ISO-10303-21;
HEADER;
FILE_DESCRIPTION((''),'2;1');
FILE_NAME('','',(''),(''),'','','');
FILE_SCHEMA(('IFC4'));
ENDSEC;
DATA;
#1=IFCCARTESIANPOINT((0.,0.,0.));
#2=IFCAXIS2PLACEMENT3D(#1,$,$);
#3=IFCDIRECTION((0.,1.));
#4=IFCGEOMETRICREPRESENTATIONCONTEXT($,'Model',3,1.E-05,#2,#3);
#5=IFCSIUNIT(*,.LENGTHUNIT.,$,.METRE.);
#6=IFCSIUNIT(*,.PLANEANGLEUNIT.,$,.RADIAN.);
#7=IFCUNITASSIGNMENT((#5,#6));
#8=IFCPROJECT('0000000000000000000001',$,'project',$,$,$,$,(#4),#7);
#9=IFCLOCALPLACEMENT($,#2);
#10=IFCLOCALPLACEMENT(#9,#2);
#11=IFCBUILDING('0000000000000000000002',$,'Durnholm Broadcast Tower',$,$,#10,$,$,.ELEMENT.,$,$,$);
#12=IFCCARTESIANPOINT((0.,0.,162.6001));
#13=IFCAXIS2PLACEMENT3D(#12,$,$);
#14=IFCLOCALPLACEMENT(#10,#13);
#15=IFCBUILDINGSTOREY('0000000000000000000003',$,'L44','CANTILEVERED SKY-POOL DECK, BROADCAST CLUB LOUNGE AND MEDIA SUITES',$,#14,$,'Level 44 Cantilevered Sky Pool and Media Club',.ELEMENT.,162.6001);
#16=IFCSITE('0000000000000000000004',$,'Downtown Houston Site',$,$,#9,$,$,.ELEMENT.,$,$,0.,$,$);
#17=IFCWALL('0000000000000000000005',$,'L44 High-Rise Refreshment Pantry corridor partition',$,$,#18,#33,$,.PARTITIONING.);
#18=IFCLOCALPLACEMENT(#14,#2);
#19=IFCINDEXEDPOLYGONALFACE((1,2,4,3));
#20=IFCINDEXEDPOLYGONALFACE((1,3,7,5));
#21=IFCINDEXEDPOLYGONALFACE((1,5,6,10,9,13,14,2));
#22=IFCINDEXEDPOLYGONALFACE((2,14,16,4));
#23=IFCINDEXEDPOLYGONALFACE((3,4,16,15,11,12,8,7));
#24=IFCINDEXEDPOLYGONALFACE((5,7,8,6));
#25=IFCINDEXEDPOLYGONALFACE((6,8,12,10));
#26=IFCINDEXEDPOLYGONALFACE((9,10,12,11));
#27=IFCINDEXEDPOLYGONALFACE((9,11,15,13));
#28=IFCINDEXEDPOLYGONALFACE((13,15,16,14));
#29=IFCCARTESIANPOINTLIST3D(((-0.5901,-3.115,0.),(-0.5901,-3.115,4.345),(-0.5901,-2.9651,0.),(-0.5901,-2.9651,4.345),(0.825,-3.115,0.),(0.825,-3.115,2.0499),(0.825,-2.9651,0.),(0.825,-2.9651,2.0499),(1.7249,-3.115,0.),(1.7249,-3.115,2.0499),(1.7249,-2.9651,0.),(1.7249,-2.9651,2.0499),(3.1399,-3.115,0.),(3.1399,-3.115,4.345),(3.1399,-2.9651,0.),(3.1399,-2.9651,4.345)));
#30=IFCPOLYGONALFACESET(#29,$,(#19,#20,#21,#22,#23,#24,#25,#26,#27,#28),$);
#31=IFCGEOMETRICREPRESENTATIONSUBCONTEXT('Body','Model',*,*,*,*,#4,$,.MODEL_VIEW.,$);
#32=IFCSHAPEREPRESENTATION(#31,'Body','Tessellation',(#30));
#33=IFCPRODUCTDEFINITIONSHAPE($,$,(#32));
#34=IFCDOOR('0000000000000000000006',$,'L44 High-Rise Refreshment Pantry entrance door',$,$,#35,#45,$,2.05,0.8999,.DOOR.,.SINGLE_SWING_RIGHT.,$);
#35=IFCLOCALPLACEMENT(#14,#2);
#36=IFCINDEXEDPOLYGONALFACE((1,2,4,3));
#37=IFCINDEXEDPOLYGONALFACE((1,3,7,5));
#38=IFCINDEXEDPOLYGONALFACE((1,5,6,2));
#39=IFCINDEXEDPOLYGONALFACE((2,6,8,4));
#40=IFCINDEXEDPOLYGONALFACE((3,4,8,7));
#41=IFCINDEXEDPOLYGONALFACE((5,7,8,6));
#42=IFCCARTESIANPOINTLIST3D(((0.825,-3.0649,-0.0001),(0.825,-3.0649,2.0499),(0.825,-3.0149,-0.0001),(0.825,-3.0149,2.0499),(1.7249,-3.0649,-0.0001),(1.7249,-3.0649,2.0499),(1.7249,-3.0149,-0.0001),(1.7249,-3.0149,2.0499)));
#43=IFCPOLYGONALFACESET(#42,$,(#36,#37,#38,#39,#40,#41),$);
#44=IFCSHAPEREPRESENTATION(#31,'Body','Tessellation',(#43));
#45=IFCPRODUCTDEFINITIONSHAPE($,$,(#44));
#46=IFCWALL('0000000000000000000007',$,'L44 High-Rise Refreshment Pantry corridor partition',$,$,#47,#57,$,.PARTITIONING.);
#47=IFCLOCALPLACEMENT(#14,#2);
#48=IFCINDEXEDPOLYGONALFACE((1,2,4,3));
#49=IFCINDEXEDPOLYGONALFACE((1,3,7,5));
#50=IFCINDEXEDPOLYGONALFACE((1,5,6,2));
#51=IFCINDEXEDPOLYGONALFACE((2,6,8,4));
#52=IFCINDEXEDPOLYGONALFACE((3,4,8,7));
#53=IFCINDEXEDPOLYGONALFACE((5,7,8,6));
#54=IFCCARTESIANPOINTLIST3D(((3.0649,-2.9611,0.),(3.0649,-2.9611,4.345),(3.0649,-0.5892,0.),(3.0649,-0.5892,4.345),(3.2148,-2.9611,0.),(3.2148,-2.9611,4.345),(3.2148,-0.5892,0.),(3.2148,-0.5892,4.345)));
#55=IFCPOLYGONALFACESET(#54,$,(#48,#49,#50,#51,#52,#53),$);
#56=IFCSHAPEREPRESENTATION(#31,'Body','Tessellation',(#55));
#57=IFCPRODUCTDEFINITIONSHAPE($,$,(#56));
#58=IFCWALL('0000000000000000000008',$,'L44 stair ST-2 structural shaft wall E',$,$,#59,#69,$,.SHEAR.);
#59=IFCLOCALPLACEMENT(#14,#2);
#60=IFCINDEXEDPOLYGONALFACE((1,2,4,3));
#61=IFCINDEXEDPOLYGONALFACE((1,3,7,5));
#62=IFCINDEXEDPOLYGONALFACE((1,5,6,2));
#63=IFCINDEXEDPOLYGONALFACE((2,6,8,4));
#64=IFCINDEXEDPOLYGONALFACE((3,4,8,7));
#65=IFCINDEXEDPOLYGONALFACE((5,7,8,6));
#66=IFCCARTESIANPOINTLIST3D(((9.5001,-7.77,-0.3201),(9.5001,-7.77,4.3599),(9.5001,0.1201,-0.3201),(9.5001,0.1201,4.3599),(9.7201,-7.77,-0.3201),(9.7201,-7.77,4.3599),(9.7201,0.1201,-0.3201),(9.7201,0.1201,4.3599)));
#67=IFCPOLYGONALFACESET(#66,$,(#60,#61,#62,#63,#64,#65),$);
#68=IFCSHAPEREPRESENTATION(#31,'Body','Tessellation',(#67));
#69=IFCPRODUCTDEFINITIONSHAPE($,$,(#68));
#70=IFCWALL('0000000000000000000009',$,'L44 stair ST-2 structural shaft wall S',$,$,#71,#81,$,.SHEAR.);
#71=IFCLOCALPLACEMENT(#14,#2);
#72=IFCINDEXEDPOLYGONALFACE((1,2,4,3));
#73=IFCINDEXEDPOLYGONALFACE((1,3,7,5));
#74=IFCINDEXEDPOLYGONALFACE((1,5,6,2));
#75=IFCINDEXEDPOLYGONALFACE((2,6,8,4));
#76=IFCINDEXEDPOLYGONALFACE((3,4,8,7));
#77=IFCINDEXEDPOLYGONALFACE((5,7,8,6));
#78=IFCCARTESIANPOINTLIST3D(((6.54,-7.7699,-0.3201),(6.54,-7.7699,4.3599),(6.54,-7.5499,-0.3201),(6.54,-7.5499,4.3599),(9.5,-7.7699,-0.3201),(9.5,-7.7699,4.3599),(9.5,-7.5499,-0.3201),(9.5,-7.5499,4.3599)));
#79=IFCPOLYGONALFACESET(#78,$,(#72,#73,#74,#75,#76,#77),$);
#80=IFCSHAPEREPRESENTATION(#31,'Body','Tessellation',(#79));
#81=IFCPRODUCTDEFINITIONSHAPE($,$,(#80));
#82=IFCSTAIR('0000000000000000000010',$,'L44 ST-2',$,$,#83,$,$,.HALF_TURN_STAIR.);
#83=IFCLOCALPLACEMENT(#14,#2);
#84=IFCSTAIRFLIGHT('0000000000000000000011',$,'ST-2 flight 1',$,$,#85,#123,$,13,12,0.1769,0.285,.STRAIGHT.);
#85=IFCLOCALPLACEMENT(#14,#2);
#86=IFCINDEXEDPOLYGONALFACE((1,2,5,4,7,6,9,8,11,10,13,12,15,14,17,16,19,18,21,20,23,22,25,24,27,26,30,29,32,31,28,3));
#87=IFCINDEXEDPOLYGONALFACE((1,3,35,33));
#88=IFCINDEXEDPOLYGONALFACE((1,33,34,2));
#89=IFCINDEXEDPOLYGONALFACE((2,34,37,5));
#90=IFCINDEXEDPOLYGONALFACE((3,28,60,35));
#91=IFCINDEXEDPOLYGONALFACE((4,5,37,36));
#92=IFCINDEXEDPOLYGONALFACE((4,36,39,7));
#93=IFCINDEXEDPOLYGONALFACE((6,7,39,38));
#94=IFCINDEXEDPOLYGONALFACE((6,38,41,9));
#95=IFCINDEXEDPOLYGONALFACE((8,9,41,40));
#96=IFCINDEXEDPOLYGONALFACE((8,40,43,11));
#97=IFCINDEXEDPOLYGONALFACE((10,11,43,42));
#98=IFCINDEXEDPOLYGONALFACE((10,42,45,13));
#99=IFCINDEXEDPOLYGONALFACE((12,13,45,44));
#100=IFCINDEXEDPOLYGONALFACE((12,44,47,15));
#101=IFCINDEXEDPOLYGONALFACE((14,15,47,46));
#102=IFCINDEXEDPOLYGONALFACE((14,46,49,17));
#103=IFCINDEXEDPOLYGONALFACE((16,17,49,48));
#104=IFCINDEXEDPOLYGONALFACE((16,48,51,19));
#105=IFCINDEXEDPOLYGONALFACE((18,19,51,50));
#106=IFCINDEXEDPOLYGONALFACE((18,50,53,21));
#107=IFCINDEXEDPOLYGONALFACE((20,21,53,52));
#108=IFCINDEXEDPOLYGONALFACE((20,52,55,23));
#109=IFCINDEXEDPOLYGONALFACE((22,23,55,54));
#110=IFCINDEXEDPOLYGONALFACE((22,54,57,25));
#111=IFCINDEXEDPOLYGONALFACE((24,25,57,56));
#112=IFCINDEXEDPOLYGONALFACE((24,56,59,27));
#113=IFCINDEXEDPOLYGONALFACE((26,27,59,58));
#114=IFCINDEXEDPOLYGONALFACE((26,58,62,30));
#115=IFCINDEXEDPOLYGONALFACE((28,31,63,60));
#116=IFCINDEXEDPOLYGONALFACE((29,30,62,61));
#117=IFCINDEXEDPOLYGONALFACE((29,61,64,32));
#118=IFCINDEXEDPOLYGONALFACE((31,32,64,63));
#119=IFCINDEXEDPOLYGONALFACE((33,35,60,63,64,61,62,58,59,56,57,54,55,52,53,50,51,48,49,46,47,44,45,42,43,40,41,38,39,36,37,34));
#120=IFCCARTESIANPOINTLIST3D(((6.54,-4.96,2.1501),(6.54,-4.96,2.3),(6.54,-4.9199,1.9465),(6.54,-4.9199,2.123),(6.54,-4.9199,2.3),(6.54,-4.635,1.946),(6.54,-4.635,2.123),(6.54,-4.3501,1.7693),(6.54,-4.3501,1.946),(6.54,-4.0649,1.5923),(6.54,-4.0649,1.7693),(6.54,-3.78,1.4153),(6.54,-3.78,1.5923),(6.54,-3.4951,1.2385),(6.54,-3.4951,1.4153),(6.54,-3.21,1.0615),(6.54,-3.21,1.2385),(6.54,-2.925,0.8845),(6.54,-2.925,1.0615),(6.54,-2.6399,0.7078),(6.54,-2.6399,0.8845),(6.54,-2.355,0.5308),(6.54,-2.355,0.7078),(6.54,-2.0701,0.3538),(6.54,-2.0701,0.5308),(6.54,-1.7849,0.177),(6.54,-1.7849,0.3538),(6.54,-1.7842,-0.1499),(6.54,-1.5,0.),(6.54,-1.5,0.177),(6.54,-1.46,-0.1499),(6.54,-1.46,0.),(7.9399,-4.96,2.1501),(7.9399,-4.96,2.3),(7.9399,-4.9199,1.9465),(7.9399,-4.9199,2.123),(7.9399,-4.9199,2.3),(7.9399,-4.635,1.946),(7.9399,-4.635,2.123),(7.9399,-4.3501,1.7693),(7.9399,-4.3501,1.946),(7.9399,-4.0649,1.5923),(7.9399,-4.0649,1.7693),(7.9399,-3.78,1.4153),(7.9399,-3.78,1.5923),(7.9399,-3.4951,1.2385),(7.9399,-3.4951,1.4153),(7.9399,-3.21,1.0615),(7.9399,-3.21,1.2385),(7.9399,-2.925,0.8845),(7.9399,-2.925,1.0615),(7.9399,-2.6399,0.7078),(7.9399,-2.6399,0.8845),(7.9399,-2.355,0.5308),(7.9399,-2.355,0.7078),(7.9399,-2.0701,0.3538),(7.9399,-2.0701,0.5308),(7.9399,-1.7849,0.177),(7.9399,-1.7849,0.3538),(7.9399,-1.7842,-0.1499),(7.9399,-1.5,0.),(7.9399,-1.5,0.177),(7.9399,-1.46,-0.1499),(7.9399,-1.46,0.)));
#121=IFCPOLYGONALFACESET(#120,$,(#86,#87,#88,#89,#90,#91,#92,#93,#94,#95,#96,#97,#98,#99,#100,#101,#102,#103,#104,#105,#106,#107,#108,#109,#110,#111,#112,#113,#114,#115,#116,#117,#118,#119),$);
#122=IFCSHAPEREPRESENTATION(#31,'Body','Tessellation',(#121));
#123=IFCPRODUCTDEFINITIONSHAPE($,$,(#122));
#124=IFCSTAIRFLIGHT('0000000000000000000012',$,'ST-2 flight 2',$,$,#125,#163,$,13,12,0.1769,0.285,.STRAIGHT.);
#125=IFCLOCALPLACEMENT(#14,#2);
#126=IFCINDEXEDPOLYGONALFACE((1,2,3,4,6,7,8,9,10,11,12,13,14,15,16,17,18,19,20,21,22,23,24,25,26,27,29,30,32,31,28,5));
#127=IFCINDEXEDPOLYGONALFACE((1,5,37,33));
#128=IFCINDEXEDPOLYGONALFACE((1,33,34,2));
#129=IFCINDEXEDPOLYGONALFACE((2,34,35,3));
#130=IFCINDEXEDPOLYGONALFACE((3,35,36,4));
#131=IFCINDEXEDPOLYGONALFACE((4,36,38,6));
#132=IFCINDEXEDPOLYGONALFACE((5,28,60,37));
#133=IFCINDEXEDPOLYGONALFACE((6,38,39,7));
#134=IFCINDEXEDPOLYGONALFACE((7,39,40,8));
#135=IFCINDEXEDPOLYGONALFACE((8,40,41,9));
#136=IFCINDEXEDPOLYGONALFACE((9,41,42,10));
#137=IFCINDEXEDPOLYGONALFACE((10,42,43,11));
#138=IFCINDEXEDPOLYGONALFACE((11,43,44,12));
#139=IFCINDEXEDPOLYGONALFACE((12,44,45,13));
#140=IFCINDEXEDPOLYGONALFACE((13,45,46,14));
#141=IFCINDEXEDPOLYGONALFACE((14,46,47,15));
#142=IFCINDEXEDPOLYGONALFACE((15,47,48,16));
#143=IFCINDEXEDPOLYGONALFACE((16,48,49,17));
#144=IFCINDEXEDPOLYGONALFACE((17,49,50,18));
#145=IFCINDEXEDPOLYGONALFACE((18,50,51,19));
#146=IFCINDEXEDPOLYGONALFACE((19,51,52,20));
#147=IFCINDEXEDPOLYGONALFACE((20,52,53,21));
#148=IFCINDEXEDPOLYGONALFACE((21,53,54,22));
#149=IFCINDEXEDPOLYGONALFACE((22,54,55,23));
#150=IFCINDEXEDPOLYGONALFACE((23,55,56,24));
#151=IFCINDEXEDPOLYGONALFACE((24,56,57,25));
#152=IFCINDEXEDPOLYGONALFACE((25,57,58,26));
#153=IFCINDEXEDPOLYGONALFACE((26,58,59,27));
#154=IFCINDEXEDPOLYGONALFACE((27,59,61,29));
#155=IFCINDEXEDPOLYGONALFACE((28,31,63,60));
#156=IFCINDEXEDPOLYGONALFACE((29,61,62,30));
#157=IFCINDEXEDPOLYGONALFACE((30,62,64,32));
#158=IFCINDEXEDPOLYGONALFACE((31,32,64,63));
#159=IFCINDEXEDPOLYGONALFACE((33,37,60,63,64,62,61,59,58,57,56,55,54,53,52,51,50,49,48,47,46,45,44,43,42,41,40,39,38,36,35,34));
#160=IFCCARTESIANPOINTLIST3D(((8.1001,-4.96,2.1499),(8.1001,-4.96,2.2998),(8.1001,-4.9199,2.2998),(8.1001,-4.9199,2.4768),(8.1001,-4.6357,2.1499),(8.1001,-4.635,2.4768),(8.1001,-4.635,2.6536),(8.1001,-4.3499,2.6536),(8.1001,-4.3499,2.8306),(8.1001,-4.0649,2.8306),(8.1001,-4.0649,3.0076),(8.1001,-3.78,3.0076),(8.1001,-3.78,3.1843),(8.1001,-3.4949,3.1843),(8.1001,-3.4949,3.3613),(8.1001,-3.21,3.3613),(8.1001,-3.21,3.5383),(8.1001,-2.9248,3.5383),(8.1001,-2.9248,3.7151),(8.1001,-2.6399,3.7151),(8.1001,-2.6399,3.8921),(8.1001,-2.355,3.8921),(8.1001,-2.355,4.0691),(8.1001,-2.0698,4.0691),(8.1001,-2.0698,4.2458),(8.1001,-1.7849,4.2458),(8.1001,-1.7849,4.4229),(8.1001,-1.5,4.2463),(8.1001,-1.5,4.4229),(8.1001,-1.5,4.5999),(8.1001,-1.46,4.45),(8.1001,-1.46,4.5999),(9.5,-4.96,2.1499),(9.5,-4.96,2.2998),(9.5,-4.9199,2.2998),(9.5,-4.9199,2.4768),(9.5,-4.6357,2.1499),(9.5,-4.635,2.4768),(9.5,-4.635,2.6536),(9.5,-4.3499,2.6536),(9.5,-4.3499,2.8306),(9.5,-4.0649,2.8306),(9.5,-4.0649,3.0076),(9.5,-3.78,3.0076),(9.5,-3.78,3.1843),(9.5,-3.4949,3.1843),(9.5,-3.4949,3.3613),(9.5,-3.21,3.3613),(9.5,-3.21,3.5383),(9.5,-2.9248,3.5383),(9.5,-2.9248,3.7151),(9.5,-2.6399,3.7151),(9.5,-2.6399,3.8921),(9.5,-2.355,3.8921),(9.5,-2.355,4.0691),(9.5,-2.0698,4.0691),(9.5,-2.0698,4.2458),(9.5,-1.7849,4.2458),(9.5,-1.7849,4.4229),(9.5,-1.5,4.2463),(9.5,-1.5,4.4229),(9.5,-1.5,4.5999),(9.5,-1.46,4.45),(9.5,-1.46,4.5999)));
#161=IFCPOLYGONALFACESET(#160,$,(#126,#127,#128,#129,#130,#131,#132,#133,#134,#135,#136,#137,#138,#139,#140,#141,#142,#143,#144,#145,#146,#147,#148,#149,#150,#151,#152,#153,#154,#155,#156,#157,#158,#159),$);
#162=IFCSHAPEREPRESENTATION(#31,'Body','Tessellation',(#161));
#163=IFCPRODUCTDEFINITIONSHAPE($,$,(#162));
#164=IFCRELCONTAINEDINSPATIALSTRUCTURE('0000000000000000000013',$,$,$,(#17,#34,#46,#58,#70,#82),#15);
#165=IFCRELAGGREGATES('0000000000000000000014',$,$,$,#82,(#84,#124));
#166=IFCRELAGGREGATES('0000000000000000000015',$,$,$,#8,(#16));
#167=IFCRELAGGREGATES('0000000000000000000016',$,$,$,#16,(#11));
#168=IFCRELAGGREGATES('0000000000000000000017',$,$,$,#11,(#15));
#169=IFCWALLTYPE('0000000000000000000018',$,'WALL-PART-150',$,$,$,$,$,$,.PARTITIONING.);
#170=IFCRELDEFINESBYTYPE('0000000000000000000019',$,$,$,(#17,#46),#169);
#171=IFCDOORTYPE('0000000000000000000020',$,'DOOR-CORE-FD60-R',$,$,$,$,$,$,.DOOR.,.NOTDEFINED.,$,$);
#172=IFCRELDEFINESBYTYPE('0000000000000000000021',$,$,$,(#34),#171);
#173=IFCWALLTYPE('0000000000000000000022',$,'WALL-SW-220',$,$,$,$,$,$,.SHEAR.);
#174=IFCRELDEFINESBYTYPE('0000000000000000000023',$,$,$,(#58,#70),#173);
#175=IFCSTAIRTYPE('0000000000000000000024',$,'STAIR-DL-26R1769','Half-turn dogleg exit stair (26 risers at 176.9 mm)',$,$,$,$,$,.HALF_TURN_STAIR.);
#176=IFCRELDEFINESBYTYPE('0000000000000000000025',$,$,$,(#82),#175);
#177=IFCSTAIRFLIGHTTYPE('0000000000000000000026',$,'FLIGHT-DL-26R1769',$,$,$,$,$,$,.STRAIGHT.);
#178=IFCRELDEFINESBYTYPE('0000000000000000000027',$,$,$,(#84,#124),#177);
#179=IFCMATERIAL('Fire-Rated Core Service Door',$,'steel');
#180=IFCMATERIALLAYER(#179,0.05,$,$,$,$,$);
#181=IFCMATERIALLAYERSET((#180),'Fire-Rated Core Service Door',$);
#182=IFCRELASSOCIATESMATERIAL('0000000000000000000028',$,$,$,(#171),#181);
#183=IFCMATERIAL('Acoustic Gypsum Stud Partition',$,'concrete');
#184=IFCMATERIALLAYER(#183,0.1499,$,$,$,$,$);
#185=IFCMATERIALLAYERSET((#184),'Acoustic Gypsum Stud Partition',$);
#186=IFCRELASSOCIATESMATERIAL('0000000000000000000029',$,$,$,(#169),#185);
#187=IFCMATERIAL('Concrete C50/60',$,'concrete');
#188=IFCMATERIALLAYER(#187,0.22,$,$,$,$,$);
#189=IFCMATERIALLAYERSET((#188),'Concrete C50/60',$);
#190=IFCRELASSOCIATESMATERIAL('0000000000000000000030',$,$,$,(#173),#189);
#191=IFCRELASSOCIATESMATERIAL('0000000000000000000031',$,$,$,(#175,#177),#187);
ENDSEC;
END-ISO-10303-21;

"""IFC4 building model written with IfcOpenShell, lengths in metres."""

from ifc_helpers import new_model, si_unit, direction, frame, frame_2d, origin, place, context, subcontext, project, spatial, polyline, rectangle, outline, extrude, source, transform, mapped, material, layer, layer_set, type_object, type_shapes, element, fill, aggregate, save


model = new_model("IFC4")

# Units and contexts
model_context = context("Model", 3, precision=1e-05, world=origin(), true_north=direction((0.0, 1.0)))
body_context = subcontext(model_context, "Body", "Model", "MODEL_VIEW")
ifc_project = project(units=[si_unit("LENGTHUNIT", "METRE"), si_unit("PLANEANGLEUNIT", "RADIAN")], contexts=[model_context])

# Site, building, storey
site_placement = place(None, origin())
site = spatial("IfcSite", under=ifc_project, at=site_placement, Name="Downtown Houston Site", CompositionType="ELEMENT", RefElevation=0.0)
building_placement = place(site_placement, origin())
building = spatial("IfcBuilding", under=site, at=building_placement, Name="Durnholm Broadcast Tower", CompositionType="ELEMENT")
storey_placement = place(building_placement, frame((0.0, 0.0, 162.6001)))
storey = spatial("IfcBuildingStorey", under=building, at=storey_placement, Name="L44", Description="CANTILEVERED SKY-POOL DECK, BROADCAST CLUB LOUNGE AND MEDIA SUITES", LongName="Level 44 Cantilevered Sky Pool and Media Club", CompositionType="ELEMENT", Elevation=162.6001)

# Wall, opening, door
ifc_material_1 = material(Name="Fire-Rated Core Service Door", Category="steel")
ifc_layer_1 = layer(ifc_material_1, 0.05)
ifc_layer_set_1 = layer_set([ifc_layer_1], Name="Fire-Rated Core Service Door")
door_type = type_object("IfcDoorType", Name="DOOR-CORE-FD60-R", OperationType="NOTDEFINED", PredefinedType="DOOR", material=ifc_layer_set_1)
shared_shape_1 = source(origin(), body_context, "Body", "SweptSolid", [
    extrude(rectangle(XDim=0.8999, YDim=2.05, at=frame_2d((0.45, 1.0249))), frame((0.0, 0.0249, 0.0), z_axis=(0.0, -1.0, 0.0), x_axis=(1.0, 0.0, 0.0)), (0.0, 0.0, 1.0), 0.05),
])
type_shapes(door_type, [shared_shape_1])
ifc_material_2 = material(Name="Acoustic Gypsum Stud Partition", Category="concrete")
ifc_layer_2 = layer(ifc_material_2, 0.1499)
ifc_layer_set_2 = layer_set([ifc_layer_2], Name="Acoustic Gypsum Stud Partition")
wall_type_1 = type_object("IfcWallType", Name="WALL-PART-150", PredefinedType="PARTITIONING", material=ifc_layer_set_2)
wall_1_placement = place(storey_placement, frame((3.1399, -3.04, 0.0), z_axis=(0.0, 0.0, 1.0), x_axis=(-1.0, 0.0, 0.0)))
wall_1 = element("IfcWall", 1, at=wall_1_placement, inside=storey, type_object=wall_type_1, Name="L44 High-Rise Refreshment Pantry corridor partition", PredefinedType="PARTITIONING", context=body_context, shape_type="SweptSolid", body=[
    extrude(rectangle(XDim=3.73, YDim=0.1499, at=frame_2d((1.865, 0.0))), origin(), (0.0, 0.0, 1.0), 4.345),
])
opening_1_placement = place(wall_1_placement, frame((1.415, 0.0, 0.0)))
opening_1 = element("IfcOpeningElement", 2, at=opening_1_placement, cuts=wall_1, PredefinedType="OPENING", context=body_context, shape_type="SweptSolid", body=[
    extrude(rectangle(XDim=0.8999, YDim=2.05, at=frame_2d((0.45, 1.0249))), frame((0.0, 0.085, 0.0), z_axis=(0.0, -1.0, 0.0), x_axis=(1.0, 0.0, 0.0)), (0.0, 0.0, 1.0), 0.1699),
])
door_1_placement = place(opening_1_placement, origin())
door_1 = element("IfcDoor", 3, at=door_1_placement, inside=storey, type_object=door_type, Name="L44 High-Rise Refreshment Pantry entrance door", OperationType="SINGLE_SWING_RIGHT", OverallHeight=2.05, OverallWidth=0.8999, PredefinedType="DOOR", context=body_context, shape_type="MappedRepresentation", body=[
    mapped(shared_shape_1, transform((0.0, 0.0, 0.0), x_axis=(1.0, 0.0, 0.0), y_axis=(0.0, 1.0, 0.0), z_axis=(0.0, 0.0, 1.0), scale=1.0)),
])
fill(opening_1, door_1)

# Walls
wall_2_placement = place(storey_placement, frame((3.1399, -0.5891, 0.0), z_axis=(0.0, 0.0, 1.0), x_axis=(0.0, -1.0, 0.0)))
element("IfcWall", 4, at=wall_2_placement, inside=storey, type_object=wall_type_1, Name="L44 High-Rise Refreshment Pantry corridor partition", PredefinedType="PARTITIONING", context=body_context, shape_type="SweptSolid", body=[
    extrude(rectangle(XDim=2.3718, YDim=0.1499, at=frame_2d((1.186, 0.0))), origin(), (0.0, 0.0, 1.0), 4.345),
])
ifc_material_3 = material(Name="Concrete C50/60", Category="concrete")
ifc_layer_3 = layer(ifc_material_3, 0.22)
ifc_layer_set_3 = layer_set([ifc_layer_3], Name="Concrete C50/60")
wall_type_2 = type_object("IfcWallType", Name="WALL-SW-220", PredefinedType="SHEAR", material=ifc_layer_set_3)
wall_3_placement = place(storey_placement, frame((9.6101, -7.77, -0.3201), z_axis=(0.0, 0.0, 1.0), x_axis=(0.0, 1.0, 0.0)))
element("IfcWall", 5, at=wall_3_placement, inside=storey, type_object=wall_type_2, Name="L44 stair ST-2 structural shaft wall E", PredefinedType="SHEAR", context=body_context, shape_type="SweptSolid", body=[
    extrude(rectangle(XDim=7.8901, YDim=0.22, at=frame_2d((3.9451, 0.0))), origin(), (0.0, 0.0, 1.0), 4.6799),
])
wall_4_placement = place(storey_placement, frame((6.54, -7.6599, -0.3201), z_axis=(0.0, 0.0, 1.0), x_axis=(1.0, 0.0, 0.0)))
element("IfcWall", 6, at=wall_4_placement, inside=storey, type_object=wall_type_2, Name="L44 stair ST-2 structural shaft wall S", PredefinedType="SHEAR", context=body_context, shape_type="SweptSolid", body=[
    extrude(rectangle(XDim=2.96, YDim=0.22, at=frame_2d((1.48, 0.0))), origin(), (0.0, 0.0, 1.0), 4.6799),
])

# Stair, stair flights
stair_type = type_object("IfcStairType", Name="STAIR-DL-26R1769", Description="Half-turn dogleg exit stair (26 risers at 176.9 mm)", PredefinedType="HALF_TURN_STAIR", material=ifc_material_3)
stair_placement = place(storey_placement, origin())
stair = element("IfcStair", 7, at=stair_placement, inside=storey, type_object=stair_type, Name="L44 ST-2", PredefinedType="HALF_TURN_STAIR")
stair_flight_type = type_object("IfcStairFlightType", Name="FLIGHT-DL-26R1769", PredefinedType="STRAIGHT", material=ifc_material_3)
stair_flight_1_placement = place(storey_placement, frame((7.24, -1.5, 0.0), z_axis=(0.0, 0.0, 1.0), x_axis=(0.0, -1.0, 0.0)))
stair_flight_1 = element("IfcStairFlight", 8, at=stair_flight_1_placement, type_object=stair_flight_type, Name="ST-2 flight 1", NumberOfRisers=13, NumberOfTreads=12, PredefinedType="STRAIGHT", RiserHeight=0.1769, TreadLength=0.285, context=body_context, shape_type="SweptSolid", body=[
    extrude(outline(polyline([(-0.04, -0.1499), (-0.04, 0.0), (0.0, 0.0), (0.0, 0.177), (0.2849, 0.177), (0.2849, 0.3538), (0.5701, 0.3538), (0.5701, 0.5308), (0.855, 0.5308), (0.855, 0.7078), (1.1399, 0.7078), (1.1399, 0.8845), (1.425, 0.8845), (1.425, 1.0615), (1.71, 1.0615), (1.71, 1.2385), (1.9951, 1.2385), (1.9951, 1.4153), (2.28, 1.4153), (2.28, 1.5923), (2.5649, 1.5923), (2.5649, 1.7693), (2.8501, 1.7693), (2.8501, 1.946), (3.135, 1.946), (3.135, 2.123), (3.4199, 2.123), (3.4199, 2.3), (3.46, 2.3), (3.46, 2.1501), (3.4199, 1.9465), (0.2842, -0.1499), (-0.04, -0.1499)])), frame((0.0, 0.7, 0.0), z_axis=(0.0, -1.0, 0.0), x_axis=(1.0, 0.0, 0.0)), (0.0, 0.0, 1.0), 1.3999),
])
stair_flight_2_placement = place(storey_placement, frame((8.8, -4.9199, 2.2998), z_axis=(0.0, 0.0, 1.0), x_axis=(0.0, 1.0, 0.0)))
stair_flight_2 = element("IfcStairFlight", 9, at=stair_flight_2_placement, type_object=stair_flight_type, Name="ST-2 flight 2", NumberOfRisers=13, NumberOfTreads=12, PredefinedType="STRAIGHT", RiserHeight=0.1769, TreadLength=0.285, context=body_context, shape_type="SweptSolid", body=[
    extrude(outline(polyline([(-0.04, -0.1499), (-0.04, 0.0), (0.0, 0.0), (0.0, 0.177), (0.2849, 0.177), (0.2849, 0.3538), (0.5701, 0.3538), (0.5701, 0.5308), (0.855, 0.5308), (0.855, 0.7078), (1.1399, 0.7078), (1.1399, 0.8845), (1.425, 0.8845), (1.425, 1.0615), (1.71, 1.0615), (1.71, 1.2385), (1.9951, 1.2385), (1.9951, 1.4153), (2.28, 1.4153), (2.28, 1.5923), (2.5649, 1.5923), (2.5649, 1.7693), (2.8501, 1.7693), (2.8501, 1.946), (3.135, 1.946), (3.135, 2.123), (3.4199, 2.123), (3.4199, 2.3), (3.46, 2.3), (3.46, 2.1501), (3.4199, 1.9465), (0.2842, -0.1499), (-0.04, -0.1499)])), frame((0.0, 0.7, 0.0), z_axis=(0.0, -1.0, 0.0), x_axis=(1.0, 0.0, 0.0)), (0.0, 0.0, 1.0), 1.3999),
])
aggregate(stair, [stair_flight_1, stair_flight_2])

save(model, "model.ifc")
